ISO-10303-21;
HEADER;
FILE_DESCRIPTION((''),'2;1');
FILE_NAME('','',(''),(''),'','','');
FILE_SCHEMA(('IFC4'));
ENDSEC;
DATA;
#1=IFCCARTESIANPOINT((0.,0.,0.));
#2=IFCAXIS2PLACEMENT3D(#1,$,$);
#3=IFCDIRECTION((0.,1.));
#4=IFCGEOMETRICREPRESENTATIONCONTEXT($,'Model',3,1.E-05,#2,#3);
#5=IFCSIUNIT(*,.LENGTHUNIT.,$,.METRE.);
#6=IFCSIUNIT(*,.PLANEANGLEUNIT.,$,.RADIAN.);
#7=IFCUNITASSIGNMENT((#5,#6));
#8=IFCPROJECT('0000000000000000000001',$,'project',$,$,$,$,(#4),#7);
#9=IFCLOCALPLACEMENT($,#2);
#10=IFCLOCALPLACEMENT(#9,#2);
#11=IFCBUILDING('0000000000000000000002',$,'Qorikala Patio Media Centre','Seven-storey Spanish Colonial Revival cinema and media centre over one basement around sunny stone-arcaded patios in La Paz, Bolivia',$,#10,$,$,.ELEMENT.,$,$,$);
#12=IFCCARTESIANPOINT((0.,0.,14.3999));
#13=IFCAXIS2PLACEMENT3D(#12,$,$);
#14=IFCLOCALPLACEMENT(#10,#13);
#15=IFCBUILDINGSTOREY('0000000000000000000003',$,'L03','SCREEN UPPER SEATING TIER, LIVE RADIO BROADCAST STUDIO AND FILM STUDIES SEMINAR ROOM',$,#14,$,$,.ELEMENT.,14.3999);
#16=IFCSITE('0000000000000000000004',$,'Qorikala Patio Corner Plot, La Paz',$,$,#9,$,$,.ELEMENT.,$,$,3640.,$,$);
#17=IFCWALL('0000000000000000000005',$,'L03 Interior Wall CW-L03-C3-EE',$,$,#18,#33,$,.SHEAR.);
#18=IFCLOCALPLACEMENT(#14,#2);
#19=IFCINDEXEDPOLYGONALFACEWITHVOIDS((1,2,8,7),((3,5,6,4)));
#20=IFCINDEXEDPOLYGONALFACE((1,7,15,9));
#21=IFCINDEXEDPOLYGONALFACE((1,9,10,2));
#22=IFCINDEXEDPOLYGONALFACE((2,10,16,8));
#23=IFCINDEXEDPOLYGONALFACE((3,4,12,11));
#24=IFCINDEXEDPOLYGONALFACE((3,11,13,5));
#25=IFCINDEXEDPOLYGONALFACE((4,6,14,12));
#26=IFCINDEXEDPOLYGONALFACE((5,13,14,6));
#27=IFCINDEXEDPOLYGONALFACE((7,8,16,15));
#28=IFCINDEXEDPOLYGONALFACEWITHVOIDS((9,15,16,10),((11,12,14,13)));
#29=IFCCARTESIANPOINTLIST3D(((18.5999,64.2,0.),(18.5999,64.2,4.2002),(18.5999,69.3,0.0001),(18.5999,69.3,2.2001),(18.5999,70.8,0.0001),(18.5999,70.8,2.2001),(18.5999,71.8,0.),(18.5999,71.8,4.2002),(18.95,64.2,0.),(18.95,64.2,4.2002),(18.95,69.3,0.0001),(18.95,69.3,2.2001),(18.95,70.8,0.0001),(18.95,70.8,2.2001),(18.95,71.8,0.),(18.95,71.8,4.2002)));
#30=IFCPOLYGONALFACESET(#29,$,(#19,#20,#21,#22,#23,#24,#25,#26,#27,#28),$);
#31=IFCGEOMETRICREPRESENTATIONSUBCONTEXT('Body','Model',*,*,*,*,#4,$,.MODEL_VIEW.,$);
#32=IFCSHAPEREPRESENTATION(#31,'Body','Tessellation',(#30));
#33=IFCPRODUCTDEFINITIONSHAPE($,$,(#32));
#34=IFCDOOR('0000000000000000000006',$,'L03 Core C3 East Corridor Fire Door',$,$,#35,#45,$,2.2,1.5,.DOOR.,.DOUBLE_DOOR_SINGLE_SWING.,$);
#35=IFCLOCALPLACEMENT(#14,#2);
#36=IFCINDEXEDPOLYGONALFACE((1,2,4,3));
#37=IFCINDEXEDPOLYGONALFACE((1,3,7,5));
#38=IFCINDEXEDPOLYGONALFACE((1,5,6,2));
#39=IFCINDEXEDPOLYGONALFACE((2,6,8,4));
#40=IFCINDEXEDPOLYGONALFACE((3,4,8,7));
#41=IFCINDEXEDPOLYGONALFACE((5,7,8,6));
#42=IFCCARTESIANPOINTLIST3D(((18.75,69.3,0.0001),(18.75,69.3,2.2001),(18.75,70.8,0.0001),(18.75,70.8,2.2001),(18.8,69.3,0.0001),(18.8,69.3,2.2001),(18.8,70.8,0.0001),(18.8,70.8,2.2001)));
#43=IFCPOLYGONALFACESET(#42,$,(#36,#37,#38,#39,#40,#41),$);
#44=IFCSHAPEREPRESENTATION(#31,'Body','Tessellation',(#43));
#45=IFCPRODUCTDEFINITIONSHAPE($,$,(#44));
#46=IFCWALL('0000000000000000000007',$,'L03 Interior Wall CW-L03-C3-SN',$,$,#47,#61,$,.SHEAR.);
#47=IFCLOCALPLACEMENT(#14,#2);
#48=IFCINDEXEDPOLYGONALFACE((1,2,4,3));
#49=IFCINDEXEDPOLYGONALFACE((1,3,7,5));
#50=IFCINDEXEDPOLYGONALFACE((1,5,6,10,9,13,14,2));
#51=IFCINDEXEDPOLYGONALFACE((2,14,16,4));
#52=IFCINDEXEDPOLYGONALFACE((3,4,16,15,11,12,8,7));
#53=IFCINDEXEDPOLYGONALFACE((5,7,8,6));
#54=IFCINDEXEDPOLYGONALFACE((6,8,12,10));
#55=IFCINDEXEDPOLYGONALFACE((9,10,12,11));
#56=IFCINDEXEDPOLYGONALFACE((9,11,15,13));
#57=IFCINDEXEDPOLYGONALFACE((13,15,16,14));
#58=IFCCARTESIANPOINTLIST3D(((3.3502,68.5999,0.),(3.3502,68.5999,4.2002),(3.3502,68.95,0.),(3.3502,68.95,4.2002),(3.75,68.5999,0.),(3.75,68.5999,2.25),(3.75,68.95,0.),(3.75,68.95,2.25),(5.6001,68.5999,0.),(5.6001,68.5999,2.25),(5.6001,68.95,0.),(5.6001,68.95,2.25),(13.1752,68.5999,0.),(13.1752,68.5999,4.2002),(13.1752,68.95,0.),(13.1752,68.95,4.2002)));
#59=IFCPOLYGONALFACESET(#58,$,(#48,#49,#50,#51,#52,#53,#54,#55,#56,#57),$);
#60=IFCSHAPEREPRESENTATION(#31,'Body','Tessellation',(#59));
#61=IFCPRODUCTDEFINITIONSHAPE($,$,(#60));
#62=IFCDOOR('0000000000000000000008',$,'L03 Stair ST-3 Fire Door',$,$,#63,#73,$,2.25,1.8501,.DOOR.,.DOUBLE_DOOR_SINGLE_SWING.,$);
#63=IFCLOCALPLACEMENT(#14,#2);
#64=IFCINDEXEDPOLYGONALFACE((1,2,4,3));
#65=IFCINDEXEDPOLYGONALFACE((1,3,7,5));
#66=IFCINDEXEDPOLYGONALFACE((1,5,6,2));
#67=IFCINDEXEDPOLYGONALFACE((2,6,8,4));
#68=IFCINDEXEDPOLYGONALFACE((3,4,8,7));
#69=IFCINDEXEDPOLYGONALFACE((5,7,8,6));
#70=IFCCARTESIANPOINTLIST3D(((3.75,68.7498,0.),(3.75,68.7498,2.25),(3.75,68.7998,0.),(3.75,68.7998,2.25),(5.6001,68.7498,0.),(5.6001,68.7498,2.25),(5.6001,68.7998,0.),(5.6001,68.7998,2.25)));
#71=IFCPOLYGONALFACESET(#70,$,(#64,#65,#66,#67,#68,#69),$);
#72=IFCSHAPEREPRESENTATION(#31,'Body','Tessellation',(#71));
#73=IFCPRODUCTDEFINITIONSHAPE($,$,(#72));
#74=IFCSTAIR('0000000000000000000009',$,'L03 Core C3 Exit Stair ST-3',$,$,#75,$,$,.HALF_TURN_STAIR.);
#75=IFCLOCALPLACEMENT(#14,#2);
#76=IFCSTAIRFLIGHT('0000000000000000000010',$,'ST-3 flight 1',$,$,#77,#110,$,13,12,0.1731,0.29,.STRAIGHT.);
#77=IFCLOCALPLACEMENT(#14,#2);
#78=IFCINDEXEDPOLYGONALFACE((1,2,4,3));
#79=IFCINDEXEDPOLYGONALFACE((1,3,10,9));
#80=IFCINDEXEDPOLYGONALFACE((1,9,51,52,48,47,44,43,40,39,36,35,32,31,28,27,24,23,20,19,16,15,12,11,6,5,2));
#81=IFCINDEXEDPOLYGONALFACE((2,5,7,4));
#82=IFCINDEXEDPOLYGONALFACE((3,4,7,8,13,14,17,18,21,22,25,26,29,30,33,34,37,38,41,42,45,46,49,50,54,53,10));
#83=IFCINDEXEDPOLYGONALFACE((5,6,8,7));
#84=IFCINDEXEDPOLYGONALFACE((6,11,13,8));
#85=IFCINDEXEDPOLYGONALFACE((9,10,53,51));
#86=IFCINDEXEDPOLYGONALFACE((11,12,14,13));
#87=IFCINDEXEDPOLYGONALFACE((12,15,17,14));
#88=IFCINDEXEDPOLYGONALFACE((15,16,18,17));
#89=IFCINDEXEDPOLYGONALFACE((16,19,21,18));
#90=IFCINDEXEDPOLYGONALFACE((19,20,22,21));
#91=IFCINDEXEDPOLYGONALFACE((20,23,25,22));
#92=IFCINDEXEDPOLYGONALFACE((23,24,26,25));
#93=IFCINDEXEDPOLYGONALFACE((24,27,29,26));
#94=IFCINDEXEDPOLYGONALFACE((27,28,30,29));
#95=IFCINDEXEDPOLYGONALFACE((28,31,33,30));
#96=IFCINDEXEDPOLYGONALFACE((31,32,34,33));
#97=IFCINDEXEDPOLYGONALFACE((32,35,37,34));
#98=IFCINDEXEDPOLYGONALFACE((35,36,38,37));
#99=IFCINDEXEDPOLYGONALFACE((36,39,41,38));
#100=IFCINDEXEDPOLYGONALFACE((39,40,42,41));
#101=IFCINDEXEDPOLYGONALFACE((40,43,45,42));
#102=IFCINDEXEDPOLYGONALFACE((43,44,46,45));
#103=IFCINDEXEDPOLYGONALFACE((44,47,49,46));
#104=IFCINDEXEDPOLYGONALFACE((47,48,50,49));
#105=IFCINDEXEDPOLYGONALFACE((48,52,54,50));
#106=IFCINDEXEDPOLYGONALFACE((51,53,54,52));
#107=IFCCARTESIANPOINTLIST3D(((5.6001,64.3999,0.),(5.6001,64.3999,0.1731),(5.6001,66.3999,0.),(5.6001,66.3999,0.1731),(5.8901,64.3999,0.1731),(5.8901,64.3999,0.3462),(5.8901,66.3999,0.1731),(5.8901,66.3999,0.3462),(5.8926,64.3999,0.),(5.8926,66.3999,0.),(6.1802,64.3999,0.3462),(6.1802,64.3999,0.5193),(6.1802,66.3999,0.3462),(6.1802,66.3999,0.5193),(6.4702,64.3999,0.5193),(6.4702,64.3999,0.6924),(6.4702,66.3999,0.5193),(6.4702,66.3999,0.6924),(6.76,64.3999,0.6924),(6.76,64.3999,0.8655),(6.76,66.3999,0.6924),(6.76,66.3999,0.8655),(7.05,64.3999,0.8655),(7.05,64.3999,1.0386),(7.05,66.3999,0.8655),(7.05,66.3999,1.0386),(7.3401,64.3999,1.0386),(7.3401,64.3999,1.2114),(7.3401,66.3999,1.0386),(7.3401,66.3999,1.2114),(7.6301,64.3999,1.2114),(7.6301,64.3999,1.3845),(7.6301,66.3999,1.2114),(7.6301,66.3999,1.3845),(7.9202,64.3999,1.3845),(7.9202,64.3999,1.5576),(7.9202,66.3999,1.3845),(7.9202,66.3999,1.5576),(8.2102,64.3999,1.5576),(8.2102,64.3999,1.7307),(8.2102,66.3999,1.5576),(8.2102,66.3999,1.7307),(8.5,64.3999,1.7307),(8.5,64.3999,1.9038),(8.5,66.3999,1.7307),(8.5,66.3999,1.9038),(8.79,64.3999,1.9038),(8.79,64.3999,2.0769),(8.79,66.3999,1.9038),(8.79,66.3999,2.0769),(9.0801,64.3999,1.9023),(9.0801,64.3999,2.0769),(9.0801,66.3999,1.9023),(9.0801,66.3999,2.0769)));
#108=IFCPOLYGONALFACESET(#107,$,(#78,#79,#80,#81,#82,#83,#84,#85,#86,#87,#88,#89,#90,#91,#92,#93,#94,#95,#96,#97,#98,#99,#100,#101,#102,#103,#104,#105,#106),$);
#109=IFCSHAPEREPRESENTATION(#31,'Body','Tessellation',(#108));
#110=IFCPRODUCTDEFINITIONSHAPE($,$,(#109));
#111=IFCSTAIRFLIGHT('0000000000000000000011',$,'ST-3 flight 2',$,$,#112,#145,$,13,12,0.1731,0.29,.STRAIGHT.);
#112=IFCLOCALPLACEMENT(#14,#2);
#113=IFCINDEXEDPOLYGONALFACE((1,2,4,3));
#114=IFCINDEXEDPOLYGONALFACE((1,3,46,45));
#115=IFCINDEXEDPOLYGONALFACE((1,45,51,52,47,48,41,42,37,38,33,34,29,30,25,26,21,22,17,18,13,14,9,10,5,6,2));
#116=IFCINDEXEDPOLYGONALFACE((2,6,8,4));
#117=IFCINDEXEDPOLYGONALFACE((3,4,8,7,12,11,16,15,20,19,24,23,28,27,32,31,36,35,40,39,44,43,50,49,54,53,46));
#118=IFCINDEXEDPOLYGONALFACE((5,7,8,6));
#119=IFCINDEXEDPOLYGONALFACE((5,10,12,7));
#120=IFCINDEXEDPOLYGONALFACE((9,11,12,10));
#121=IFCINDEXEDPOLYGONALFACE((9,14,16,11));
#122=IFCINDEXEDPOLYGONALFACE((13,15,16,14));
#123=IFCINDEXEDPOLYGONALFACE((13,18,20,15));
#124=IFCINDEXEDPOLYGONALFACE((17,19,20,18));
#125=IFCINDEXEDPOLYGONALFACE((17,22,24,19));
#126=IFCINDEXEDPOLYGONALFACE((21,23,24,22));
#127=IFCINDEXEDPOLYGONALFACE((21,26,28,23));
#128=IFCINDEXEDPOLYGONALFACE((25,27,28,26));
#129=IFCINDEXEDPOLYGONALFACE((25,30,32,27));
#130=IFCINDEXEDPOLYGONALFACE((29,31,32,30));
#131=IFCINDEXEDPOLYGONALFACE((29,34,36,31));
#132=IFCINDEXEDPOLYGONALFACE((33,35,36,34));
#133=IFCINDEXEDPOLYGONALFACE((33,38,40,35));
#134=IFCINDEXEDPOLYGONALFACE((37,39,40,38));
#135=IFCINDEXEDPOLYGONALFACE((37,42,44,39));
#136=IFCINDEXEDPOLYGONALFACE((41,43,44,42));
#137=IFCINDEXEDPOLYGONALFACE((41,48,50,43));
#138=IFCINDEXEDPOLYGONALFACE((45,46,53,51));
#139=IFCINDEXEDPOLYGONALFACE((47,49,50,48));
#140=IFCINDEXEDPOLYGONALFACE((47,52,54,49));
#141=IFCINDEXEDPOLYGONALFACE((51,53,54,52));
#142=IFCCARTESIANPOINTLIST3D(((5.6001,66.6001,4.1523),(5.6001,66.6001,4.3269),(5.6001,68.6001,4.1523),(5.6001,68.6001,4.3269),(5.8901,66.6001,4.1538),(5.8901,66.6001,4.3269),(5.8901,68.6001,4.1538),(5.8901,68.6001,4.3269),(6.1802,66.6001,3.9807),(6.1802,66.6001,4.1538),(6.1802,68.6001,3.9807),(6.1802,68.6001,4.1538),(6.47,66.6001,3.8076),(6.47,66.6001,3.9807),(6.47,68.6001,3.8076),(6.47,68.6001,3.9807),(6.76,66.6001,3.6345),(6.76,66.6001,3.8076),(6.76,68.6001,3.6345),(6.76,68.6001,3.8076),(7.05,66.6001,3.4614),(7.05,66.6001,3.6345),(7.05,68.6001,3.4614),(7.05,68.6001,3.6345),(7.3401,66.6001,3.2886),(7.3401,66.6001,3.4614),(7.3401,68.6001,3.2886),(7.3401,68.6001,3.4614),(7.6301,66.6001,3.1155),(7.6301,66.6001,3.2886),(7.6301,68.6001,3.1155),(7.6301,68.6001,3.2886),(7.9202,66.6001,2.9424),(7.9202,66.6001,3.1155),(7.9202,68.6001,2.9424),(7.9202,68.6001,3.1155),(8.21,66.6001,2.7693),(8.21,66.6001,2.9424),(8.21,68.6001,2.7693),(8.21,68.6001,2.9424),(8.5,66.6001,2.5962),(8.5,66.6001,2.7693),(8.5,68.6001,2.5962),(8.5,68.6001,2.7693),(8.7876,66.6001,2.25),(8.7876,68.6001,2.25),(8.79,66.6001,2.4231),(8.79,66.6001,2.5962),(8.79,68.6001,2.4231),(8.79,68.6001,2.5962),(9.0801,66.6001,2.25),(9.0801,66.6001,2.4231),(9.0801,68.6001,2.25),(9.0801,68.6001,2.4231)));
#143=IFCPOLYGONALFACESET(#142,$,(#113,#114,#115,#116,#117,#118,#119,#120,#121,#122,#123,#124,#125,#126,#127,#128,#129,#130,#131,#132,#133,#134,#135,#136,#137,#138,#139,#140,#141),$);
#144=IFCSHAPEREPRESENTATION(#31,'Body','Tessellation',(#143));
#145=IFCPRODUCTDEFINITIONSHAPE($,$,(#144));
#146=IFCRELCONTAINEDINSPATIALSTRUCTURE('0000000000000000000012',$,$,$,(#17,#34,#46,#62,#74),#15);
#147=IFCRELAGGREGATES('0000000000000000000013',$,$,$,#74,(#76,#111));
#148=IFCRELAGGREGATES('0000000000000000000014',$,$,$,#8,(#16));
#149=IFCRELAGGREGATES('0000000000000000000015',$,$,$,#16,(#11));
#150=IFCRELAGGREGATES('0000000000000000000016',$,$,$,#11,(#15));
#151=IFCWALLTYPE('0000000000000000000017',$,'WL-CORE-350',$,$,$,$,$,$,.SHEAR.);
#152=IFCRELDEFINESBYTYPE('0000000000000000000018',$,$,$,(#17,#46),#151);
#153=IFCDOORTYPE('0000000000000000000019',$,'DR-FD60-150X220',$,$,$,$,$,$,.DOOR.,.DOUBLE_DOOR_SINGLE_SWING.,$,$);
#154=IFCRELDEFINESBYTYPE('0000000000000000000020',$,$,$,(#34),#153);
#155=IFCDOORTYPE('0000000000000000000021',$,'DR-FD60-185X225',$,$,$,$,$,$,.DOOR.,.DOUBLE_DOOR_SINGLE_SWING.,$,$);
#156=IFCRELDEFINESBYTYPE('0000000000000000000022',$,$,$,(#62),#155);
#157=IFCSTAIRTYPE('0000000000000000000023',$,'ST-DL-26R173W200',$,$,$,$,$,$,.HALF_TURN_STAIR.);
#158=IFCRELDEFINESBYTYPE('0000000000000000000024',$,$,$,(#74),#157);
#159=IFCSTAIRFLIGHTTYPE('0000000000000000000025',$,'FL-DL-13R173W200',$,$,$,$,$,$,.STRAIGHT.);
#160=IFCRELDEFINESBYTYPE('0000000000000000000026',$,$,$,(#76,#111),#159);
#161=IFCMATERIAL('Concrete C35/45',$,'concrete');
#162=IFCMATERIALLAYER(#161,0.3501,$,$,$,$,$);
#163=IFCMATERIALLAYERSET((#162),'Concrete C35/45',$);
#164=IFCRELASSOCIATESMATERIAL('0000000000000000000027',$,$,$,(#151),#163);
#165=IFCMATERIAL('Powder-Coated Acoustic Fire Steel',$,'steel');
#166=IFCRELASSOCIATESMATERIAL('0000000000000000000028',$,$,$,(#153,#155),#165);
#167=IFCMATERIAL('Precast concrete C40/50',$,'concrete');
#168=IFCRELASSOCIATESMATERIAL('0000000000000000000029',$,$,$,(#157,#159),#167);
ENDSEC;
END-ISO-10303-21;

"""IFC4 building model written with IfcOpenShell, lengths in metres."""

from ifc_helpers import new_model, si_unit, direction, frame, frame_2d, origin, place, context, subcontext, project, spatial, polyline, rectangle, outline, extrude, material, layer, layer_set, type_object, element, fill, aggregate, save


model = new_model("IFC4")

# Units and contexts
model_context = context("Model", 3, precision=1e-05, world=origin(), true_north=direction((0.0, 1.0)))
body_context = subcontext(model_context, "Body", "Model", "MODEL_VIEW")
ifc_project = project(units=[si_unit("LENGTHUNIT", "METRE"), si_unit("PLANEANGLEUNIT", "RADIAN")], contexts=[model_context])

# Site, building, storey
site_placement = place(None, origin())
site = spatial("IfcSite", under=ifc_project, at=site_placement, Name="Qorikala Patio Corner Plot, La Paz", CompositionType="ELEMENT", RefElevation=3640.0)
building_placement = place(site_placement, origin())
building = spatial("IfcBuilding", under=site, at=building_placement, Name="Qorikala Patio Media Centre", Description="Seven-storey Spanish Colonial Revival cinema and media centre over one basement around sunny stone-arcaded patios in La Paz, Bolivia", CompositionType="ELEMENT")
storey_placement = place(building_placement, frame((0.0, 0.0, 14.3999)))
storey = spatial("IfcBuildingStorey", under=building, at=storey_placement, Name="L03", Description="SCREEN UPPER SEATING TIER, LIVE RADIO BROADCAST STUDIO AND FILM STUDIES SEMINAR ROOM", CompositionType="ELEMENT", Elevation=14.3999)

# Shared definitions
ifc_material_1 = material(Name="Concrete C35/45", Category="concrete")

# Shared definitions
ifc_layer = layer(ifc_material_1, 0.3501)
ifc_layer_set = layer_set([ifc_layer], Name="Concrete C35/45")
wall_type = type_object("IfcWallType", Name="WL-CORE-350", PredefinedType="SHEAR", material=ifc_layer_set)

# Walls, openings, doors
wall_1_placement = place(storey_placement, frame((18.7749, 64.2, 0.0), z_axis=(0.0, 0.0, 1.0), x_axis=(0.0, 1.0, 0.0)))
wall_1 = element("IfcWall", 1, at=wall_1_placement, inside=storey, type_object=wall_type, Name="L03 Interior Wall CW-L03-C3-EE", PredefinedType="SHEAR", context=body_context, shape_type="SweptSolid", body=[
    extrude(rectangle(XDim=7.6001, YDim=0.3501, at=frame_2d((3.8, 0.0))), origin(), (0.0, 0.0, 1.0), 4.2002),
])
opening_1_placement = place(wall_1_placement, frame((5.1001, 0.0, 0.0)))
opening_1 = element("IfcOpeningElement", 2, at=opening_1_placement, cuts=wall_1, PredefinedType="OPENING", context=body_context, shape_type="SweptSolid", body=[
    extrude(rectangle(XDim=1.5, YDim=2.2, at=frame_2d((0.75, 1.1001))), frame((0.0, 0.1851, 0.0), z_axis=(0.0, -1.0, 0.0), x_axis=(1.0, 0.0, 0.0)), (0.0, 0.0, 1.0), 0.3701),
])
ifc_material_2 = material(Name="Powder-Coated Acoustic Fire Steel", Category="steel")
door_type_1 = type_object("IfcDoorType", Name="DR-FD60-150X220", OperationType="DOUBLE_DOOR_SINGLE_SWING", PredefinedType="DOOR", material=ifc_material_2)
door_1_placement = place(opening_1_placement, origin())
door_1 = element("IfcDoor", 3, at=door_1_placement, inside=storey, type_object=door_type_1, Name="L03 Core C3 East Corridor Fire Door", OperationType="DOUBLE_DOOR_SINGLE_SWING", OverallHeight=2.2, OverallWidth=1.5, PredefinedType="DOOR", context=body_context, shape_type="SweptSolid", body=[
    extrude(rectangle(XDim=1.5, YDim=2.2, at=frame_2d((0.75, 1.1001))), frame((0.0, 0.0249, 0.0), z_axis=(0.0, -1.0, 0.0), x_axis=(1.0, 0.0, 0.0)), (0.0, 0.0, 1.0), 0.05),
])
fill(opening_1, door_1)
wall_2_placement = place(storey_placement, frame((3.3501, 68.7749, 0.0), z_axis=(0.0, 0.0, 1.0), x_axis=(1.0, 0.0, 0.0)))
wall_2 = element("IfcWall", 4, at=wall_2_placement, inside=storey, type_object=wall_type, Name="L03 Interior Wall CW-L03-C3-SN", PredefinedType="SHEAR", context=body_context, shape_type="SweptSolid", body=[
    extrude(rectangle(XDim=9.825, YDim=0.3501, at=frame_2d((4.9126, 0.0))), origin(), (0.0, 0.0, 1.0), 4.2002),
])
opening_2_placement = place(wall_2_placement, frame((0.3999, 0.0, 0.0)))
opening_2 = element("IfcOpeningElement", 5, at=opening_2_placement, cuts=wall_2, PredefinedType="OPENING", context=body_context, shape_type="SweptSolid", body=[
    extrude(rectangle(XDim=1.8501, YDim=2.25, at=frame_2d((0.925, 1.125))), frame((0.0, 0.1851, 0.0), z_axis=(0.0, -1.0, 0.0), x_axis=(1.0, 0.0, 0.0)), (0.0, 0.0, 1.0), 0.3701),
])
door_type_2 = type_object("IfcDoorType", Name="DR-FD60-185X225", OperationType="DOUBLE_DOOR_SINGLE_SWING", PredefinedType="DOOR", material=ifc_material_2)
door_2_placement = place(opening_2_placement, origin())
door_2 = element("IfcDoor", 6, at=door_2_placement, inside=storey, type_object=door_type_2, Name="L03 Stair ST-3 Fire Door", OperationType="DOUBLE_DOOR_SINGLE_SWING", OverallHeight=2.25, OverallWidth=1.8501, PredefinedType="DOOR", context=body_context, shape_type="SweptSolid", body=[
    extrude(rectangle(XDim=1.8501, YDim=2.25, at=frame_2d((0.925, 1.125))), frame((0.0, 0.0249, 0.0), z_axis=(0.0, -1.0, 0.0), x_axis=(1.0, 0.0, 0.0)), (0.0, 0.0, 1.0), 0.05),
])
fill(opening_2, door_2)

# Stair, stair flights
ifc_material_3 = material(Name="Precast concrete C40/50", Category="concrete")
stair_type = type_object("IfcStairType", Name="ST-DL-26R173W200", PredefinedType="HALF_TURN_STAIR", material=ifc_material_3)
stair_placement = place(storey_placement, origin())
stair = element("IfcStair", 7, at=stair_placement, inside=storey, type_object=stair_type, Name="L03 Core C3 Exit Stair ST-3", PredefinedType="HALF_TURN_STAIR")
stair_flight_type = type_object("IfcStairFlightType", Name="FL-DL-13R173W200", PredefinedType="STRAIGHT", material=ifc_material_3)
stair_flight_1_placement = place(storey_placement, frame((5.6001, 65.3999, 0.0), z_axis=(0.0, 0.0, 1.0), x_axis=(1.0, 0.0, 0.0)))
stair_flight_1 = element("IfcStairFlight", 8, at=stair_flight_1_placement, type_object=stair_flight_type, Name="ST-3 flight 1", NumberOfRisers=13, NumberOfTreads=12, PredefinedType="STRAIGHT", RiserHeight=0.1731, TreadLength=0.29, context=body_context, shape_type="SweptSolid", body=[
    extrude(outline(polyline([(0.0, 0.0), (0.0, 0.1731), (0.29, 0.1731), (0.29, 0.3462), (0.5801, 0.3462), (0.5801, 0.5193), (0.8701, 0.5193), (0.8701, 0.6924), (1.1599, 0.6924), (1.1599, 0.8655), (1.45, 0.8655), (1.45, 1.0386), (1.74, 1.0386), (1.74, 1.2114), (2.03, 1.2114), (2.03, 1.3845), (2.3201, 1.3845), (2.3201, 1.5576), (2.6101, 1.5576), (2.6101, 1.7307), (2.8999, 1.7307), (2.8999, 1.9038), (3.1899, 1.9038), (3.1899, 2.0769), (3.48, 2.0769), (3.48, 2.25), (3.48, 1.9023), (0.2925, 0.0), (0.0, 0.0)])), frame((0.0, 1.0, 0.0), z_axis=(0.0, -1.0, 0.0), x_axis=(1.0, 0.0, 0.0)), (0.0, 0.0, 1.0), 2.0),
])
stair_flight_2_placement = place(storey_placement, frame((9.0801, 67.6001, 2.25), z_axis=(0.0, 0.0, 1.0), x_axis=(-1.0, 0.0, 0.0)))
stair_flight_2 = element("IfcStairFlight", 9, at=stair_flight_2_placement, type_object=stair_flight_type, Name="ST-3 flight 2", NumberOfRisers=13, NumberOfTreads=12, PredefinedType="STRAIGHT", RiserHeight=0.1731, TreadLength=0.29, context=body_context, shape_type="SweptSolid", body=[
    extrude(outline(polyline([(0.0, 0.0), (0.0, 0.1731), (0.29, 0.1731), (0.29, 0.3462), (0.5801, 0.3462), (0.5801, 0.5193), (0.8701, 0.5193), (0.8701, 0.6924), (1.1599, 0.6924), (1.1599, 0.8655), (1.45, 0.8655), (1.45, 1.0386), (1.74, 1.0386), (1.74, 1.2114), (2.03, 1.2114), (2.03, 1.3845), (2.3201, 1.3845), (2.3201, 1.5576), (2.6101, 1.5576), (2.6101, 1.7307), (2.8999, 1.7307), (2.8999, 1.9038), (3.1899, 1.9038), (3.1899, 2.0769), (3.48, 2.0769), (3.48, 2.25), (3.48, 1.9023), (0.2925, 0.0), (0.0, 0.0)])), frame((0.0, 1.0, 0.0), z_axis=(0.0, -1.0, 0.0), x_axis=(1.0, 0.0, 0.0)), (0.0, 0.0, 1.0), 2.0),
])
aggregate(stair, [stair_flight_1, stair_flight_2])

save(model, "model.ifc")
